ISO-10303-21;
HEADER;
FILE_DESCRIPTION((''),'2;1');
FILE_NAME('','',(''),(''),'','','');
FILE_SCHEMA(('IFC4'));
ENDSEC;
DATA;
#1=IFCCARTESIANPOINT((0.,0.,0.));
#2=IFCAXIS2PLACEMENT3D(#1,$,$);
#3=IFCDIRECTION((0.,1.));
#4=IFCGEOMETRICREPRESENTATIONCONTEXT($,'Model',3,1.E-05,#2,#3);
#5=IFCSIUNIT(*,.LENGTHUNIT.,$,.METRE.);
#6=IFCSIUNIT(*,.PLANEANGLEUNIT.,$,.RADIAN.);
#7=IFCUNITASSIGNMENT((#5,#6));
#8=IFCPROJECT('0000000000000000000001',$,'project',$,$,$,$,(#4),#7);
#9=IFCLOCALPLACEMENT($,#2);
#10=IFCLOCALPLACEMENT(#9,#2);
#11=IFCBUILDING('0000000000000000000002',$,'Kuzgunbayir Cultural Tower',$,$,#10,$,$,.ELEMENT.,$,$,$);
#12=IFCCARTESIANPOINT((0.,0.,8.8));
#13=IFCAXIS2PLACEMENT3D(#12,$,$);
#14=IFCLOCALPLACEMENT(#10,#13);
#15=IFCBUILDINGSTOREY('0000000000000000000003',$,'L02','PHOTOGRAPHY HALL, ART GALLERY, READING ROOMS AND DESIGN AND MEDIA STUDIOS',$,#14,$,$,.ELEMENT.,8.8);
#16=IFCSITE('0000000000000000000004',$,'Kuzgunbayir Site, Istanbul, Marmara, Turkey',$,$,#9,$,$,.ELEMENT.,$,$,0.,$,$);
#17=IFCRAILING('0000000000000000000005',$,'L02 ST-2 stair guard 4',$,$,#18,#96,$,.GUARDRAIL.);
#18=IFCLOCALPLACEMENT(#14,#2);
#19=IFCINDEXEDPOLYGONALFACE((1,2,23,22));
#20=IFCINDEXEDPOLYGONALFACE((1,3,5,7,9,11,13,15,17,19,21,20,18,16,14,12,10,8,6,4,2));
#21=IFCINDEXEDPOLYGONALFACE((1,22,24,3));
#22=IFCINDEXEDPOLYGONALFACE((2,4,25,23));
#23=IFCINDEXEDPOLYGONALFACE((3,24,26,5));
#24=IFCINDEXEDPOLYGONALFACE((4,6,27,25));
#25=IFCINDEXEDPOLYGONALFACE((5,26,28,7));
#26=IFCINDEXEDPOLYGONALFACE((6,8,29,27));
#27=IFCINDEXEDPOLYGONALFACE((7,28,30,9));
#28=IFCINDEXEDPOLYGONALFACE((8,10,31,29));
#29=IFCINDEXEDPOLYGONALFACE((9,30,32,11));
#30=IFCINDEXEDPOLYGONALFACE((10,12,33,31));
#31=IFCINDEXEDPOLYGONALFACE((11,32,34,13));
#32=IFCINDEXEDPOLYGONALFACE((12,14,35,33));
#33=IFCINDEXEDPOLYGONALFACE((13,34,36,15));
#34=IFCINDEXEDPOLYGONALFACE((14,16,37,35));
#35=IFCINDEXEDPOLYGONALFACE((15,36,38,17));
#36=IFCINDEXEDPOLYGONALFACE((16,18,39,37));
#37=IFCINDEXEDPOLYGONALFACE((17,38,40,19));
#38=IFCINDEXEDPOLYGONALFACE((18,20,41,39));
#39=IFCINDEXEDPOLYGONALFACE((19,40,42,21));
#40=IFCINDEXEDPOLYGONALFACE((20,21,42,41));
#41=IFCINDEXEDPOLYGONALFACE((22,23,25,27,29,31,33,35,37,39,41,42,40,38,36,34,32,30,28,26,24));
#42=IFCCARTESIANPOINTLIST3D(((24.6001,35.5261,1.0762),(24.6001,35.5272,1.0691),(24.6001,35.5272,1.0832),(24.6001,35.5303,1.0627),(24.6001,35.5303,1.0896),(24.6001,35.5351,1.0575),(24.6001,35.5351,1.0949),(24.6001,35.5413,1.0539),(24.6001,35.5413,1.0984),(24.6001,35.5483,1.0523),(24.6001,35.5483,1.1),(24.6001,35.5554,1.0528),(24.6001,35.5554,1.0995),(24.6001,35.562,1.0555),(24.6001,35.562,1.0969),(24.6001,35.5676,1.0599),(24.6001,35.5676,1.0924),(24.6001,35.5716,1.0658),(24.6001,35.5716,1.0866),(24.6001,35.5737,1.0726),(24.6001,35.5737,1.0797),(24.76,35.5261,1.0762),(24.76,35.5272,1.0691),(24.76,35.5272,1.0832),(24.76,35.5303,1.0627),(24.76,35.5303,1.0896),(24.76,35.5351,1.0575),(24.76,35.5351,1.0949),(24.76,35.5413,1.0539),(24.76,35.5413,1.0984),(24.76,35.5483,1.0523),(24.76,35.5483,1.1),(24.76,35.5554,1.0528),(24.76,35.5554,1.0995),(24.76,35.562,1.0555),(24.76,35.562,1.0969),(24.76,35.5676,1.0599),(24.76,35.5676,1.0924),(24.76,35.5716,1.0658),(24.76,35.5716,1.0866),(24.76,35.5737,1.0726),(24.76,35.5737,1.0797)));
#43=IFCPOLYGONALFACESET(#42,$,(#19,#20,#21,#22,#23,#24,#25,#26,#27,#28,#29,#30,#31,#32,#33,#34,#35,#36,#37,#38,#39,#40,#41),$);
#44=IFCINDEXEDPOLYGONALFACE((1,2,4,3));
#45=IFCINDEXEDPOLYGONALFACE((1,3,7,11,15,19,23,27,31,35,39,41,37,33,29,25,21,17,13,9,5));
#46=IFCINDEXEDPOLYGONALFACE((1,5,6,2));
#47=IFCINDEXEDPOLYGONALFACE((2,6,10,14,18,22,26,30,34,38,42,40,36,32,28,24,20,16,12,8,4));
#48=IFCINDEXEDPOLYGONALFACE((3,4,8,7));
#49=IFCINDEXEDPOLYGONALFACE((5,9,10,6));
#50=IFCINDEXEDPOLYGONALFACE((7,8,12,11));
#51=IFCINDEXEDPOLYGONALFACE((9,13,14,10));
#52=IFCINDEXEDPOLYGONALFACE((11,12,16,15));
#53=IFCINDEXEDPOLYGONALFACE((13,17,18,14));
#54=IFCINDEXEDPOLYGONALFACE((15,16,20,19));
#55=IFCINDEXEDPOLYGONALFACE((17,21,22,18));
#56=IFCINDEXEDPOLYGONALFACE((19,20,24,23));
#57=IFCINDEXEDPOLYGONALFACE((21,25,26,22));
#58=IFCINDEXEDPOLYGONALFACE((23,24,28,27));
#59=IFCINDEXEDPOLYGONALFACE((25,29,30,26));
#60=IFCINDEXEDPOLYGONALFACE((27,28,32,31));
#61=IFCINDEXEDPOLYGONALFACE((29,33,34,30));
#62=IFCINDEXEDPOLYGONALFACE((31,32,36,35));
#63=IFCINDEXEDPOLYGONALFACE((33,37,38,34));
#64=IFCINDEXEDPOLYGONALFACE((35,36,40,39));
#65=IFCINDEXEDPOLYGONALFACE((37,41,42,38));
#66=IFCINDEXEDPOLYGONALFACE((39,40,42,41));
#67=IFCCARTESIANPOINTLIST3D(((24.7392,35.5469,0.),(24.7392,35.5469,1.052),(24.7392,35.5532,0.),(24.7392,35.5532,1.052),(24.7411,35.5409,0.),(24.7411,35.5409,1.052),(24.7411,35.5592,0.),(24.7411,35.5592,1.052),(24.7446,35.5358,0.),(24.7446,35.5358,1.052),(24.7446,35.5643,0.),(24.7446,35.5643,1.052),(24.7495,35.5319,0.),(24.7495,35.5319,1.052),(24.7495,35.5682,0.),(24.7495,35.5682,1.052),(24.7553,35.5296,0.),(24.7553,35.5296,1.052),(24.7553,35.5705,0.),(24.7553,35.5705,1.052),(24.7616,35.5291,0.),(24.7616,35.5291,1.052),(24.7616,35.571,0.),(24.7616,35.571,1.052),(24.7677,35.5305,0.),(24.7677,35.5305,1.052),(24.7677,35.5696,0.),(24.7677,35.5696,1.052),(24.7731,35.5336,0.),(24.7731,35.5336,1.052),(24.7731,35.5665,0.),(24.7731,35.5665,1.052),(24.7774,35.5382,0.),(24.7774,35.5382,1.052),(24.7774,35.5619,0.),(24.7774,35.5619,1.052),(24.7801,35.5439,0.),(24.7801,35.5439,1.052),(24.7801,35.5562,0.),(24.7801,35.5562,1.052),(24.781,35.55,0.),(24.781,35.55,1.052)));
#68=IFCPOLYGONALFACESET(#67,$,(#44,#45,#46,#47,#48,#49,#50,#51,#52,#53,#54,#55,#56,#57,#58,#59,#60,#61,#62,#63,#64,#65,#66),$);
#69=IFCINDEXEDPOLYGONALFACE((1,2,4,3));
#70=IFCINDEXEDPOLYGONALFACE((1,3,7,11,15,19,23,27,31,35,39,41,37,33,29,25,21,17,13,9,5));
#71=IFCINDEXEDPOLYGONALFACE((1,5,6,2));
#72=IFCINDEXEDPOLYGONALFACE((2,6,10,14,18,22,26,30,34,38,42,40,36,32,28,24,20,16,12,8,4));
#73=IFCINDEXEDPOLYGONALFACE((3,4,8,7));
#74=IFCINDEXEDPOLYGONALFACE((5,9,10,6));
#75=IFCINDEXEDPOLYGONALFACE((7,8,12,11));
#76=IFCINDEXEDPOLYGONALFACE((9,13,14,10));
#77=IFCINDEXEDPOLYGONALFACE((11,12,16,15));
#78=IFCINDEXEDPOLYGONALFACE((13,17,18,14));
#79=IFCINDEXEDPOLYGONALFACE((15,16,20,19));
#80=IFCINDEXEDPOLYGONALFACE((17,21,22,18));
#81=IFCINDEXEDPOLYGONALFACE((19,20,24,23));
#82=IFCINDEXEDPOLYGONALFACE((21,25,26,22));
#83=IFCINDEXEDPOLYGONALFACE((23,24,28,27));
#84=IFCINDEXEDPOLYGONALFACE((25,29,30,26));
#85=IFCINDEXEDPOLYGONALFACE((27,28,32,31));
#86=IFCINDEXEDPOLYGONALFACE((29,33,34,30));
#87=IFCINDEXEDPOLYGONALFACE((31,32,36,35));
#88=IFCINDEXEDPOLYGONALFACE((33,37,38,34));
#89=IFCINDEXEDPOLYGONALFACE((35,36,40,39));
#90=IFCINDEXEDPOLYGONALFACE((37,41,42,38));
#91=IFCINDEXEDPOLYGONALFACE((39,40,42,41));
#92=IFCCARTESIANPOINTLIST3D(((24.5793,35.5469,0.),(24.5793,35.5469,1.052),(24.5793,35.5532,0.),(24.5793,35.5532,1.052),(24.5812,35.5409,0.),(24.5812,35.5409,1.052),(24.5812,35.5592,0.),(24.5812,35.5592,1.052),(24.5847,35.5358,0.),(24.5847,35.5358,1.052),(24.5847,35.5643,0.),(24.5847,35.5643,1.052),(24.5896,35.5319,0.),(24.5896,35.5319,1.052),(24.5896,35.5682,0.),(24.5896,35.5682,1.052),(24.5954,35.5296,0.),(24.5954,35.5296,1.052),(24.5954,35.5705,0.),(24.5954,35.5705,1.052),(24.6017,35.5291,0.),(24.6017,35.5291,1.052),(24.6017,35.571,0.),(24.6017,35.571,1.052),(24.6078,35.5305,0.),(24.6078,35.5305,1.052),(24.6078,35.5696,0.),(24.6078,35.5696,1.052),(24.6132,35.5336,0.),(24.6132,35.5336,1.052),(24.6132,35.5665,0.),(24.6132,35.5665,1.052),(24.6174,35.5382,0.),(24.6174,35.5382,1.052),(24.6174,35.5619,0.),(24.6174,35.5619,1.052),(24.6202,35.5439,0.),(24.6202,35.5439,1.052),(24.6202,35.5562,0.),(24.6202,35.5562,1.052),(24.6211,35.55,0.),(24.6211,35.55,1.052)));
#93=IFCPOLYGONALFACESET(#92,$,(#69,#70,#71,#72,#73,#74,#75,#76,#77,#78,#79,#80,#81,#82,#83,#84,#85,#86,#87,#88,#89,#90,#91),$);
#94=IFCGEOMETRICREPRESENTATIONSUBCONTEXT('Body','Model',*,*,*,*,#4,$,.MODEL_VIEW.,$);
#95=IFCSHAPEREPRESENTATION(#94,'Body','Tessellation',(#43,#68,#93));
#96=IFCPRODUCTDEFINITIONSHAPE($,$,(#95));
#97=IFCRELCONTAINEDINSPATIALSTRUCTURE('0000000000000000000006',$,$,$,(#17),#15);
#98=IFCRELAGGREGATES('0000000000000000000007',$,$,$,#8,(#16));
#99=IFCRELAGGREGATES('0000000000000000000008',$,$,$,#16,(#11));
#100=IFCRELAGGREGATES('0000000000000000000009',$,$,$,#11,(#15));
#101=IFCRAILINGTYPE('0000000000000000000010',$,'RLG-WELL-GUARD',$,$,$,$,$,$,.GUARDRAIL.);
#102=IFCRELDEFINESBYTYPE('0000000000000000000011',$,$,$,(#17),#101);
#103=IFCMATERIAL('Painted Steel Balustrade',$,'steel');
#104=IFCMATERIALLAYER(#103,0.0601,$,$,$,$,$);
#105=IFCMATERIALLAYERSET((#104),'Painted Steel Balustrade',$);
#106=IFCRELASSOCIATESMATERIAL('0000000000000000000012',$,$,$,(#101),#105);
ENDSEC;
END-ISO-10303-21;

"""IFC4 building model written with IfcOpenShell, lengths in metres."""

from ifc_helpers import new_model, si_unit, direction, frame, origin, origin_2d, place, context, subcontext, project, spatial, circle, extrude, material, layer, layer_set, type_object, element, save


model = new_model("IFC4")

# Units and contexts
model_context = context("Model", 3, precision=1e-05, world=origin(), true_north=direction((0.0, 1.0)))
body_context = subcontext(model_context, "Body", "Model", "MODEL_VIEW")
ifc_project = project(units=[si_unit("LENGTHUNIT", "METRE"), si_unit("PLANEANGLEUNIT", "RADIAN")], contexts=[model_context])

# Site, building, storey
site_placement = place(None, origin())
site = spatial("IfcSite", under=ifc_project, at=site_placement, Name="Kuzgunbayir Site, Istanbul, Marmara, Turkey", CompositionType="ELEMENT", RefElevation=0.0)
building_placement = place(site_placement, origin())
building = spatial("IfcBuilding", under=site, at=building_placement, Name="Kuzgunbayir Cultural Tower", CompositionType="ELEMENT")
storey_placement = place(building_placement, frame((0.0, 0.0, 8.8)))
storey = spatial("IfcBuildingStorey", under=building, at=storey_placement, Name="L02", Description="PHOTOGRAPHY HALL, ART GALLERY, READING ROOMS AND DESIGN AND MEDIA STUDIOS", CompositionType="ELEMENT", Elevation=8.8)

# Railing
ifc_material_1 = material(Name="Painted Steel Balustrade", Category="steel")
ifc_layer_1 = layer(ifc_material_1, 0.0601)
ifc_layer_set_1 = layer_set([ifc_layer_1], Name="Painted Steel Balustrade")
railing_type_1 = type_object("IfcRailingType", Name="RLG-WELL-GUARD", PredefinedType="GUARDRAIL", material=ifc_layer_set_1)
railing_1_placement = place(storey_placement, frame((24.76, 35.55, 0.0)))
element("IfcRailing", 1, at=railing_1_placement, inside=storey, type_object=railing_type_1, Name="L02 ST-2 stair guard 4", PredefinedType="GUARDRAIL", context=body_context, shape_type="SweptSolid", body=[
    extrude(circle(Radius=0.0239, at=origin_2d()), frame((0.0, 0.0, 1.0762), z_axis=(-1.0, 0.0, 0.0), x_axis=(0.0, -1.0, 0.0)), (0.0, 0.0, 1.0), 0.1599),
    extrude(circle(Radius=0.021, at=origin_2d()), origin(), (0.0, 0.0, 1.0), 1.052),
    extrude(circle(Radius=0.021, at=origin_2d()), frame((-0.1599, 0.0, 0.0)), (0.0, 0.0, 1.0), 1.052),
])

save(model, "model.ifc")
